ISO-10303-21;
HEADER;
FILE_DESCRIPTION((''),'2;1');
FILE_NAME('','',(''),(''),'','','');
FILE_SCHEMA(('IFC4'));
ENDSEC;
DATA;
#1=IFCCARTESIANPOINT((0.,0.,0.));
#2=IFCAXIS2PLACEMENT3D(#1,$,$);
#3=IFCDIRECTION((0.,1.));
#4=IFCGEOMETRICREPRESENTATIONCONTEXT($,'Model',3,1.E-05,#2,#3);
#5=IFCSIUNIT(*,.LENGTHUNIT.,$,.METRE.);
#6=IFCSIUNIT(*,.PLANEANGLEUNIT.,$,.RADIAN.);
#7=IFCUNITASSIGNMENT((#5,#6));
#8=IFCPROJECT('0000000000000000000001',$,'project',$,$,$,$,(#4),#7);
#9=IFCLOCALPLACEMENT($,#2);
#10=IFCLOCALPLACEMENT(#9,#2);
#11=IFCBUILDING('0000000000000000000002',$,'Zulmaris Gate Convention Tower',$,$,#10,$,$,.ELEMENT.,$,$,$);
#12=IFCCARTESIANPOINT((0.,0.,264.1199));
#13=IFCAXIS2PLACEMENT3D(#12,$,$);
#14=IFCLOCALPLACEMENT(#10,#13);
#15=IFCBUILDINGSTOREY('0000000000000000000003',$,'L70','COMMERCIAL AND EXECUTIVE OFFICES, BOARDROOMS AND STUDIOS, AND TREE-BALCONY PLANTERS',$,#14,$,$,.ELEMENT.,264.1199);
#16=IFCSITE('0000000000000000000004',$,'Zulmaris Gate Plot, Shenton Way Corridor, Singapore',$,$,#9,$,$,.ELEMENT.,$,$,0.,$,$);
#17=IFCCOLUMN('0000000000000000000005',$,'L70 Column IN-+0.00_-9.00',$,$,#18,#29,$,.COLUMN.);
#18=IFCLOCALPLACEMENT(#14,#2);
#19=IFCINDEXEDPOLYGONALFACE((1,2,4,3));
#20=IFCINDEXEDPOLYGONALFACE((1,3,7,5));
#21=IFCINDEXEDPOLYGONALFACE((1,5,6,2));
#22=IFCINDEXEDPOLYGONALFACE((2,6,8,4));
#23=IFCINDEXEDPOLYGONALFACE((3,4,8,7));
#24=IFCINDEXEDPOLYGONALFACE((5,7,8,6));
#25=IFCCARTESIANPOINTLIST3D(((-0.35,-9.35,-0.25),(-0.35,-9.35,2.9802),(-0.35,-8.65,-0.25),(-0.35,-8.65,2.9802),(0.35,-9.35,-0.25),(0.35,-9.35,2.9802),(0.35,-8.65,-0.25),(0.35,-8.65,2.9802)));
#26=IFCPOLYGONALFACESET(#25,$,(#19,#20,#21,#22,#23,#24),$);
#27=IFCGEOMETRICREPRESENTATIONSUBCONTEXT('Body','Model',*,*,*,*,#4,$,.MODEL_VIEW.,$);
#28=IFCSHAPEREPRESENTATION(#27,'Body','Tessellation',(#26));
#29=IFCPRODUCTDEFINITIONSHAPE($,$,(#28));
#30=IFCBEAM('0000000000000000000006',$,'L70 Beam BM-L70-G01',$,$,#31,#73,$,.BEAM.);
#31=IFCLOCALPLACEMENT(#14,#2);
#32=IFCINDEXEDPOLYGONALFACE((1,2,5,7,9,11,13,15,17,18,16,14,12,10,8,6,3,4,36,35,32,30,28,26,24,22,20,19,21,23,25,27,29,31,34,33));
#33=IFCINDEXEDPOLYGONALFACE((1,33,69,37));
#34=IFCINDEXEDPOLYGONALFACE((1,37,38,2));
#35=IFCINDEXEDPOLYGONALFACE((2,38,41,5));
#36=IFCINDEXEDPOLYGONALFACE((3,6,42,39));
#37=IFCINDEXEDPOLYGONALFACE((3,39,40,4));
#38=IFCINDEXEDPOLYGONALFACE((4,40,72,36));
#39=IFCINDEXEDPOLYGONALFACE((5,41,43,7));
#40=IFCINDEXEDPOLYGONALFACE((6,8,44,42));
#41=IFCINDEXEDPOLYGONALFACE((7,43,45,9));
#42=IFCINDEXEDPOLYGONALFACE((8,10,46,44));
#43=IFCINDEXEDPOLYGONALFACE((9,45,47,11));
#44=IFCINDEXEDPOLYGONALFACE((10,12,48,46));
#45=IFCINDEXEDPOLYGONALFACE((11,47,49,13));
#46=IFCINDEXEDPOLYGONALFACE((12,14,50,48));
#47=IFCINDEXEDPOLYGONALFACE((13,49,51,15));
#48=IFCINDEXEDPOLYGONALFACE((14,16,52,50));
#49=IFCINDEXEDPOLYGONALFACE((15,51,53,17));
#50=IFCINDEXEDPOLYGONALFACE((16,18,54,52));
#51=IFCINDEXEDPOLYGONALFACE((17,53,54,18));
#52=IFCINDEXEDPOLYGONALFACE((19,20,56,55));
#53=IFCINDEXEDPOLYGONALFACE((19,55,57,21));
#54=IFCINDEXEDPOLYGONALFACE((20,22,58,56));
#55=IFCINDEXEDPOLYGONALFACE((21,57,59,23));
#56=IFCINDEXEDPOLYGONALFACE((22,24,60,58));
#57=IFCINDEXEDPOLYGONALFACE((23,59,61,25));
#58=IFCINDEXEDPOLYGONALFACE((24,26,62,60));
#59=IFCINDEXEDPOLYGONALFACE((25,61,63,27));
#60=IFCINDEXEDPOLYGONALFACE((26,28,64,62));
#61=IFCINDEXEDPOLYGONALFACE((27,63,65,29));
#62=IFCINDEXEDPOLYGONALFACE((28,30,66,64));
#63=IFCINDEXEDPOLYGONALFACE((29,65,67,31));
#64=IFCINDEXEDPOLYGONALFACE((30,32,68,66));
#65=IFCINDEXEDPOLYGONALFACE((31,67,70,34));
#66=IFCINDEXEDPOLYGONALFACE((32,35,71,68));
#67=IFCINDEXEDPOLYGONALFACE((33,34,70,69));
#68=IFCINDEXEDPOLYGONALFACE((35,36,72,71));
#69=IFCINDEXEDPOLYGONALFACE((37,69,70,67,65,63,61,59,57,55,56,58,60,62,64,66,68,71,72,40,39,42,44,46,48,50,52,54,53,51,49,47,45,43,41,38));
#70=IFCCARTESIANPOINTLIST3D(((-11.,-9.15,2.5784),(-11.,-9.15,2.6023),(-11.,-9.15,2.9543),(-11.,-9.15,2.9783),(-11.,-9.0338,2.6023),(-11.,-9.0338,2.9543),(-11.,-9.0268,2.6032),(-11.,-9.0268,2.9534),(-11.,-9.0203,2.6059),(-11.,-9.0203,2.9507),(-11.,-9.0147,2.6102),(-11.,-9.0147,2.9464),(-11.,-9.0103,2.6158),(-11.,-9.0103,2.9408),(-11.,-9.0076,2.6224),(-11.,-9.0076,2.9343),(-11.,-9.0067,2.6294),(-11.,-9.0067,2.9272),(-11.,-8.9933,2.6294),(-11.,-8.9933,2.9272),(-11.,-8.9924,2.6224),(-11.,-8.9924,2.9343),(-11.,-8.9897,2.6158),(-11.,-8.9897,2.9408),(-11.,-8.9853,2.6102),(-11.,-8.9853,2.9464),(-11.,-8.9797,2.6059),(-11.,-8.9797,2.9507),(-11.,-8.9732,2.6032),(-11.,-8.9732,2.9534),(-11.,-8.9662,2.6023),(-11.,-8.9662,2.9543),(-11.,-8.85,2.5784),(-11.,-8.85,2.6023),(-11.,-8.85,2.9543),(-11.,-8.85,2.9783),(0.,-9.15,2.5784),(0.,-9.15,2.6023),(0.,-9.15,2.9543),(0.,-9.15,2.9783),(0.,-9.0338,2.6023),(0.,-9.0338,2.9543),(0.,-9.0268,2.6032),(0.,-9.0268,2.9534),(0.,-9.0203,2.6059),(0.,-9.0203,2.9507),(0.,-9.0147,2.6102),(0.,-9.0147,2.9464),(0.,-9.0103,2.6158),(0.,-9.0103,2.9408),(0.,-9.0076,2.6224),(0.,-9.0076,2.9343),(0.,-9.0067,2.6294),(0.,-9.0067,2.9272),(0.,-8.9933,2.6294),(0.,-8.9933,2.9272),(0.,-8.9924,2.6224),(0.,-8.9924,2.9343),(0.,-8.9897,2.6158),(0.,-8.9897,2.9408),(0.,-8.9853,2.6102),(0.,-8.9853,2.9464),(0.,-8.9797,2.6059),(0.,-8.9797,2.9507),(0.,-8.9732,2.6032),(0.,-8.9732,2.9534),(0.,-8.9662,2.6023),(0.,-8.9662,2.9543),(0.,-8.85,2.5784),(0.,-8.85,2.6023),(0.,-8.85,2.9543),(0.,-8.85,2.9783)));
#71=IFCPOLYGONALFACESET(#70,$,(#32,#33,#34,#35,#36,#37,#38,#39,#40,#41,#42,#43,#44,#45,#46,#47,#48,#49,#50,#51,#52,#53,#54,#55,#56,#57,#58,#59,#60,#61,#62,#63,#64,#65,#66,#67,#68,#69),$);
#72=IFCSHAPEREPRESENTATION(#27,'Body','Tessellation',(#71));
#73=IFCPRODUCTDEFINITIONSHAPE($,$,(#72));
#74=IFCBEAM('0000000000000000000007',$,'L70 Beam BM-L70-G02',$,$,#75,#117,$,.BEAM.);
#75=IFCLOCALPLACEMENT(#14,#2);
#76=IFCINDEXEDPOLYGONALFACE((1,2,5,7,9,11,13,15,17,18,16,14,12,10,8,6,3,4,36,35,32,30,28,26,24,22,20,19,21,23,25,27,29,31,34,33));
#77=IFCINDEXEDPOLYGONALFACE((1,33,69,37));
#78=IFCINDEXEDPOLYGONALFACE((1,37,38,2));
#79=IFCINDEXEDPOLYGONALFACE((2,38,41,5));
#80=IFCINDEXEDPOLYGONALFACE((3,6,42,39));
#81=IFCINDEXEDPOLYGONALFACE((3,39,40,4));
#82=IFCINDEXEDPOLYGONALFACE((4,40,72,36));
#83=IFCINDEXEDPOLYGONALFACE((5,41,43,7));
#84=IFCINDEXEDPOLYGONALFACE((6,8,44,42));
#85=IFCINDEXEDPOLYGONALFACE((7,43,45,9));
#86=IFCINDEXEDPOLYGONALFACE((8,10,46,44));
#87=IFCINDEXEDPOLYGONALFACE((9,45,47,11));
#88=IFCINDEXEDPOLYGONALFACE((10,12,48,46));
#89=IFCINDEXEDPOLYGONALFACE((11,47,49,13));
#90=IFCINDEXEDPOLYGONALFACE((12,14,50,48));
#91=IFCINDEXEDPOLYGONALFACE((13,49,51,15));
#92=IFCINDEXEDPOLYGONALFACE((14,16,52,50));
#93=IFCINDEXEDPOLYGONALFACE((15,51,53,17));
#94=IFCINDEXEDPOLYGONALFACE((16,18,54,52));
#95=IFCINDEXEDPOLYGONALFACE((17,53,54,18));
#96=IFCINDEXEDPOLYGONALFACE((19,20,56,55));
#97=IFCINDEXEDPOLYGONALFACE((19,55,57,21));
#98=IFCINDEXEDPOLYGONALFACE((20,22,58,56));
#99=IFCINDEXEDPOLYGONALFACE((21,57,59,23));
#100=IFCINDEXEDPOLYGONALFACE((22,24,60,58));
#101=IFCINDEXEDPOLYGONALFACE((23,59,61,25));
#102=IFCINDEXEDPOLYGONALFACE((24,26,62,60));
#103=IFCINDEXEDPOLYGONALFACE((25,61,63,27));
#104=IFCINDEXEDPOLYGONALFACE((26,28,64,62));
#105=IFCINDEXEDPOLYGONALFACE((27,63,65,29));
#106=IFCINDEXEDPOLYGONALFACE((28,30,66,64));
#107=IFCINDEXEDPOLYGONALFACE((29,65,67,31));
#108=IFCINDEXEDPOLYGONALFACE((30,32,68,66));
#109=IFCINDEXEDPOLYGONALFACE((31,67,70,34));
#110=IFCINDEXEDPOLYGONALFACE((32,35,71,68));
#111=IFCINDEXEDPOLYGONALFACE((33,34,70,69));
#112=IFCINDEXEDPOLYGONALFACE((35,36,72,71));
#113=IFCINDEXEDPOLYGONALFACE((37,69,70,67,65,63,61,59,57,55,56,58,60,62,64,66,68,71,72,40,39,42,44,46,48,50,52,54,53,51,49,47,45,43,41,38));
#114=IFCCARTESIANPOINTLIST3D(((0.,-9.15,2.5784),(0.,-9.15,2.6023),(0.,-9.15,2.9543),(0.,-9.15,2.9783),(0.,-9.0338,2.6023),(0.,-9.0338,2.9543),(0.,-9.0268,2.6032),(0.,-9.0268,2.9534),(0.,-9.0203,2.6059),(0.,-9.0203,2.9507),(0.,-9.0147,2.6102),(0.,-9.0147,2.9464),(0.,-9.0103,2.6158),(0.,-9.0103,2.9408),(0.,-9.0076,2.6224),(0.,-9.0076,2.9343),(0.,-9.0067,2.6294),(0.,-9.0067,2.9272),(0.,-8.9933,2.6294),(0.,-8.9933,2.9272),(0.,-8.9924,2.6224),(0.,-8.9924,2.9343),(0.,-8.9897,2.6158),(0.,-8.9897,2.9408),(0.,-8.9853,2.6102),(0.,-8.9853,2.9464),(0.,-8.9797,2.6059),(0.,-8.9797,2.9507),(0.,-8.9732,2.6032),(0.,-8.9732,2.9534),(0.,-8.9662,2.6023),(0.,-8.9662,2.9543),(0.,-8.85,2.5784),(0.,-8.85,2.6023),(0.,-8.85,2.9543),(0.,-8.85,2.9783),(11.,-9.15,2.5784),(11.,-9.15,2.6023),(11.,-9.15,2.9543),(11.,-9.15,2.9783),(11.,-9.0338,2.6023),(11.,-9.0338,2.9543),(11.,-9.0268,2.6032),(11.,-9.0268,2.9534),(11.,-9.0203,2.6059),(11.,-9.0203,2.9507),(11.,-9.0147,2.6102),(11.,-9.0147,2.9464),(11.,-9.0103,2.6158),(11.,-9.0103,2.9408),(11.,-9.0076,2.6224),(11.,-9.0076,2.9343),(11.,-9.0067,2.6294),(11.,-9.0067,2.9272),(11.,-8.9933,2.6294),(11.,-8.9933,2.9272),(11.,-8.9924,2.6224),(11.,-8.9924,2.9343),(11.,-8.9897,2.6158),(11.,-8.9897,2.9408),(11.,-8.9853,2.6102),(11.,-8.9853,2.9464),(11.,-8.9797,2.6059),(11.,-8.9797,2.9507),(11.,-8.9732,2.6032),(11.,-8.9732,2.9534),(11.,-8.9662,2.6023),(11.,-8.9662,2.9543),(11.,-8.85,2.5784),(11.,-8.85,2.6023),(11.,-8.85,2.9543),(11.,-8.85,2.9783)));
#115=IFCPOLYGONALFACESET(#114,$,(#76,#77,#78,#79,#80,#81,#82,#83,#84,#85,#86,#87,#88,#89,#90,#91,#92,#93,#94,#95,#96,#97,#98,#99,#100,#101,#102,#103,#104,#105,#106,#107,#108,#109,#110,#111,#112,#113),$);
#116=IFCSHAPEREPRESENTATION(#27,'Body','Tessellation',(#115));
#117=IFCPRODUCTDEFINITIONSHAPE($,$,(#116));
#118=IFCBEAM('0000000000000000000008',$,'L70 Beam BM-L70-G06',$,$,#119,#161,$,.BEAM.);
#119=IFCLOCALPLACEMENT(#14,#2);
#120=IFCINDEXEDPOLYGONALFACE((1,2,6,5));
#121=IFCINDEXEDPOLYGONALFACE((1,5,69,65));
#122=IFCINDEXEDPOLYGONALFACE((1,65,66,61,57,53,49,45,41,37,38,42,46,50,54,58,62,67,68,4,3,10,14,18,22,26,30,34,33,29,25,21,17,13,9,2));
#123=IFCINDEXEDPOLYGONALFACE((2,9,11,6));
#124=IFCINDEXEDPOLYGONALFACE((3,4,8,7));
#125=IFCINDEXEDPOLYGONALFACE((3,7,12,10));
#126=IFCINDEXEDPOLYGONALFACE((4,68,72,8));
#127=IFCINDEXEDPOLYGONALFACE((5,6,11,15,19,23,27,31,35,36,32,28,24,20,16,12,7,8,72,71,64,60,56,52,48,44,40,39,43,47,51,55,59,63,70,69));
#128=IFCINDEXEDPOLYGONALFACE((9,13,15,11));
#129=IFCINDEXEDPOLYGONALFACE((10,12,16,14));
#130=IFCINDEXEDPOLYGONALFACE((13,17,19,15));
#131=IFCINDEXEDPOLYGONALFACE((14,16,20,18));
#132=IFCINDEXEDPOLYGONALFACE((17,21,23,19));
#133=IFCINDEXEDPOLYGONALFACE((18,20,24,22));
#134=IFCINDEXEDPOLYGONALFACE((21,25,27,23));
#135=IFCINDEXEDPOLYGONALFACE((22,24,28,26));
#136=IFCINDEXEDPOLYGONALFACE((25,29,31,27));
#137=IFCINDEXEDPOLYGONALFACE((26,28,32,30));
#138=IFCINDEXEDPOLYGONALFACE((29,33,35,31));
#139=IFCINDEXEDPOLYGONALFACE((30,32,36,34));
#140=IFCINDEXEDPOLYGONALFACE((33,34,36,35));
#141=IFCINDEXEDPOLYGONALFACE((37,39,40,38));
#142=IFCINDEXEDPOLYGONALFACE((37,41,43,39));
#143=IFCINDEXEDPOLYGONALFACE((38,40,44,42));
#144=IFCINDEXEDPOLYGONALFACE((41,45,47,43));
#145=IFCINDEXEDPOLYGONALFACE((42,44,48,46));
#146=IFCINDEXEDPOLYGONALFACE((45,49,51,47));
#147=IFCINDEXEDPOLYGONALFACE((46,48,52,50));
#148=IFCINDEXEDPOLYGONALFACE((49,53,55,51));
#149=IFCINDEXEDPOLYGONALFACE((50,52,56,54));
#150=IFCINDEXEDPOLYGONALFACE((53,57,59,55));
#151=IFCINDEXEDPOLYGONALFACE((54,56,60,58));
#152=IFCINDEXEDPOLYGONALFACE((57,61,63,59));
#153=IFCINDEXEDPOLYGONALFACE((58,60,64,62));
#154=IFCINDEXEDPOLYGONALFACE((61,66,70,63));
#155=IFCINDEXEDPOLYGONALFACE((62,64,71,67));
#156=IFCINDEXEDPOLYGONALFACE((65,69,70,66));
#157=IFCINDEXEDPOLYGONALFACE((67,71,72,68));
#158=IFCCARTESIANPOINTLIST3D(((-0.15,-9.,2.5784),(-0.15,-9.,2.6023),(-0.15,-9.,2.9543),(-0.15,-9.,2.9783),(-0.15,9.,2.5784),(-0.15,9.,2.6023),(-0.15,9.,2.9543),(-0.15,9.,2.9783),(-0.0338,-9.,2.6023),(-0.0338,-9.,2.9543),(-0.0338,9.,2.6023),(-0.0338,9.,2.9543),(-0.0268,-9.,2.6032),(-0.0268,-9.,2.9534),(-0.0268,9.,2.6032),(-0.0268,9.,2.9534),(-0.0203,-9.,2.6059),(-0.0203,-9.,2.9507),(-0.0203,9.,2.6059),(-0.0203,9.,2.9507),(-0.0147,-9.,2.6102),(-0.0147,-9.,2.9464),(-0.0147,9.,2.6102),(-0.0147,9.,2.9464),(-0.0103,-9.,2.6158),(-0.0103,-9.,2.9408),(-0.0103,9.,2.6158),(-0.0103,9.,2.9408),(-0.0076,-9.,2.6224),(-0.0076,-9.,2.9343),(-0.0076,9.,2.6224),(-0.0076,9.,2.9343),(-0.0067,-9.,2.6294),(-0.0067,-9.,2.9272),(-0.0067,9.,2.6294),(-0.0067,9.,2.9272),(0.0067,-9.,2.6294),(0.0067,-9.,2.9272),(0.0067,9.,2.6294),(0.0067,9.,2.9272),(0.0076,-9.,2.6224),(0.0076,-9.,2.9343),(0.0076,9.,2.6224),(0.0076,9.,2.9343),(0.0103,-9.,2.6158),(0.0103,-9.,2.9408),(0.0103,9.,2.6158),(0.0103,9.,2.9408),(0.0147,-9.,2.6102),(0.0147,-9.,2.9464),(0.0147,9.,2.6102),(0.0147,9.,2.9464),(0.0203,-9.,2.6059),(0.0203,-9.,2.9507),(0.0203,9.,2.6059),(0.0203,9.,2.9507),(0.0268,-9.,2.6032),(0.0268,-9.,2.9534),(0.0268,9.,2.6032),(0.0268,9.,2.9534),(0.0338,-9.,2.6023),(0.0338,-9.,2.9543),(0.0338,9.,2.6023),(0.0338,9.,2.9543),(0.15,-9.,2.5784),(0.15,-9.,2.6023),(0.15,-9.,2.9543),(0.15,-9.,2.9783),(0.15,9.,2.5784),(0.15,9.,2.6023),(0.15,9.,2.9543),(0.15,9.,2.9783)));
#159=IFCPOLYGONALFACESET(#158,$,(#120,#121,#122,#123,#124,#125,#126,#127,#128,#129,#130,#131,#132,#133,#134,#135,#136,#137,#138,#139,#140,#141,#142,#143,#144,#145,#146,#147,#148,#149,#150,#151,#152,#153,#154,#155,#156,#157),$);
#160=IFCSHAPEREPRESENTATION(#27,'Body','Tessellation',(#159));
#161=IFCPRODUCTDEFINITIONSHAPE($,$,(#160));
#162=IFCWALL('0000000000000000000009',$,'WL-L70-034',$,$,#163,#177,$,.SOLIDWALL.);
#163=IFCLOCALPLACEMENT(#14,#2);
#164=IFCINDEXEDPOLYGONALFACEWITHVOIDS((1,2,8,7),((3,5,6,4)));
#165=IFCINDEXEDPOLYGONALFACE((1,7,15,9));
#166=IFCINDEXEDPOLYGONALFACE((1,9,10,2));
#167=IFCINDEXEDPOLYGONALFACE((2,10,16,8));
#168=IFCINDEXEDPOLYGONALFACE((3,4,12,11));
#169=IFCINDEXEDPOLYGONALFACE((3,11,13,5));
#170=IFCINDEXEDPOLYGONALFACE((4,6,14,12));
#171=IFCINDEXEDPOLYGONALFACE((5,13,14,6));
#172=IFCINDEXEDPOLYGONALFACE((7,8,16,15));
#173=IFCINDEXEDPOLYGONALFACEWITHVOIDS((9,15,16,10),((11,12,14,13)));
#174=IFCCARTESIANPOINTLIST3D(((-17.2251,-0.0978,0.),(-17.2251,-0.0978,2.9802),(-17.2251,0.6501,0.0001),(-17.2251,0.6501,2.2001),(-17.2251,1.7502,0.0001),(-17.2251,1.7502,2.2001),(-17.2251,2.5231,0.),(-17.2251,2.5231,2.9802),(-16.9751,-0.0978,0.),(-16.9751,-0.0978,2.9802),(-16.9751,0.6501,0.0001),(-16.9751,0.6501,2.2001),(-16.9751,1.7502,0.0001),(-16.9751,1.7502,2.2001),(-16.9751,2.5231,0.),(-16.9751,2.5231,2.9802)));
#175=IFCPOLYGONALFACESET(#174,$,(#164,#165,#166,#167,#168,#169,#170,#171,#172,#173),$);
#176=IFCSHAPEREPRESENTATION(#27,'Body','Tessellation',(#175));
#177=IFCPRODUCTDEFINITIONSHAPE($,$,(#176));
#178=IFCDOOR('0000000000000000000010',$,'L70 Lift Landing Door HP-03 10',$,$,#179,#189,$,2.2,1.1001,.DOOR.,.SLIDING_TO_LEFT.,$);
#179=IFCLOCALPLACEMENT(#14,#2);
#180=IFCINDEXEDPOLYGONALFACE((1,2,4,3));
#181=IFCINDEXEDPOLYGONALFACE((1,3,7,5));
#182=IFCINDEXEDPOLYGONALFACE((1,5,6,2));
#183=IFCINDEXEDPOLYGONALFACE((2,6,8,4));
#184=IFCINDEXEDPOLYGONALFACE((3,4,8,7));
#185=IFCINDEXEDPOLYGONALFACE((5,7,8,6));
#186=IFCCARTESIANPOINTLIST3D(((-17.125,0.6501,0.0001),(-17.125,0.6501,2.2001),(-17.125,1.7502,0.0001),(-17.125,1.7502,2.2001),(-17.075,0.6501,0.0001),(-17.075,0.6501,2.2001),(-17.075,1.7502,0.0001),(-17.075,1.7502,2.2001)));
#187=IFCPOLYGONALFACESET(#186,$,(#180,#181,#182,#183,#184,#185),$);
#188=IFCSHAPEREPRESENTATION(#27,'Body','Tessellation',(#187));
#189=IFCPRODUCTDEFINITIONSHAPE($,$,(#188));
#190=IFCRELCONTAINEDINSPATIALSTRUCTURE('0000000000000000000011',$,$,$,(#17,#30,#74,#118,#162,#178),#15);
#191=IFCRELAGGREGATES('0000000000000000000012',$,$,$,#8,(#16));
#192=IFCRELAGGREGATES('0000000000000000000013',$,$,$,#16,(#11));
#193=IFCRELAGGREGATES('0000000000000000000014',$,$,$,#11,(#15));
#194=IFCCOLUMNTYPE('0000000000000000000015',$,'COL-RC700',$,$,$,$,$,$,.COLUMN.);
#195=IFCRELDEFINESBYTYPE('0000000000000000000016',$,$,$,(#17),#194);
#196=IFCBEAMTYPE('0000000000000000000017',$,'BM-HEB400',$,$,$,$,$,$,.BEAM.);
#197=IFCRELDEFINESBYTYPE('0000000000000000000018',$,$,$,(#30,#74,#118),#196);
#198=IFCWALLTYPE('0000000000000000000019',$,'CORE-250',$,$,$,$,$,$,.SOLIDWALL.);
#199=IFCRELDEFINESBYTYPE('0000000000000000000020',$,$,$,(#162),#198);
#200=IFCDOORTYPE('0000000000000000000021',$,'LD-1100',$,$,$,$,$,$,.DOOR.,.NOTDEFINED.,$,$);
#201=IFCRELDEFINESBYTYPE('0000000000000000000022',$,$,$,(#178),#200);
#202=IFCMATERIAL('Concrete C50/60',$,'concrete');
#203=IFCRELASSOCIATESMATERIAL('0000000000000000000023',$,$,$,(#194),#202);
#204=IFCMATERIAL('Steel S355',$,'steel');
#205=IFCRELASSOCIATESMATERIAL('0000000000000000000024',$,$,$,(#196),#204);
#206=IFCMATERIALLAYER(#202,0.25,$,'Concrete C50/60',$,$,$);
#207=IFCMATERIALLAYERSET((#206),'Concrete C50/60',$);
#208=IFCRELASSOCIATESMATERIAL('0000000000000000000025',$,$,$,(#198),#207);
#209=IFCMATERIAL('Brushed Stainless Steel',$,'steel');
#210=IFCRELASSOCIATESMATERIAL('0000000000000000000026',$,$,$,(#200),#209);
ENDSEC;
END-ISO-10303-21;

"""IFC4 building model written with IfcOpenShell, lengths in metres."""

from ifc_helpers import new_model, si_unit, direction, frame, frame_2d, origin, origin_2d, place, context, subcontext, project, spatial, rectangle, i_section, extrude, material, layer, layer_set, material_profile, profile_set, type_object, element, fill, save


model = new_model("IFC4")

# Units and contexts
model_context = context("Model", 3, precision=1e-05, world=origin(), true_north=direction((0.0, 1.0)))
body_context = subcontext(model_context, "Body", "Model", "MODEL_VIEW")
ifc_project = project(units=[si_unit("LENGTHUNIT", "METRE"), si_unit("PLANEANGLEUNIT", "RADIAN")], contexts=[model_context])

# Site, building, storey
site_placement = place(None, origin())
site = spatial("IfcSite", under=ifc_project, at=site_placement, Name="Zulmaris Gate Plot, Shenton Way Corridor, Singapore", CompositionType="ELEMENT", RefElevation=0.0)
building_placement = place(site_placement, origin())
building = spatial("IfcBuilding", under=site, at=building_placement, Name="Zulmaris Gate Convention Tower", CompositionType="ELEMENT")
storey_placement = place(building_placement, frame((0.0, 0.0, 264.1199)))
storey = spatial("IfcBuildingStorey", under=building, at=storey_placement, Name="L70", Description="COMMERCIAL AND EXECUTIVE OFFICES, BOARDROOMS AND STUDIOS, AND TREE-BALCONY PLANTERS", CompositionType="ELEMENT", Elevation=264.1199)

# Column
ifc_material_1 = material(Name="Concrete C50/60", Category="concrete")
ifc_material_profile_1 = material_profile(ifc_material_1, rectangle(XDim=0.7, YDim=0.7, at=origin_2d()), Name="RC COL 700x700")
ifc_profile_set_1 = profile_set([ifc_material_profile_1], Name="Concrete C50/60")
column_type = type_object("IfcColumnType", Name="COL-RC700", PredefinedType="COLUMN", material=ifc_profile_set_1)
column_placement = place(storey_placement, frame((0.0, -9.0, -0.25), z_axis=(0.0, 0.0, 1.0), x_axis=(1.0, 0.0, 0.0)))
element("IfcColumn", 1, at=column_placement, inside=storey, type_object=column_type, Name="L70 Column IN-+0.00_-9.00", PredefinedType="COLUMN", context=body_context, shape_type="SweptSolid", body=[
    extrude(rectangle(XDim=0.7, YDim=0.7, at=origin_2d()), origin(), (0.0, 0.0, 1.0), 3.2302),
])

# Beams
ifc_material_2 = material(Name="Steel S355", Category="steel")
ifc_material_profile_2 = material_profile(ifc_material_2, i_section(OverallWidth=0.3, OverallDepth=0.3999, WebThickness=0.0134, FlangeThickness=0.0239, FilletRadius=0.0271, at=origin_2d()), Name="HEB 400")
ifc_profile_set_2 = profile_set([ifc_material_profile_2], Name="Steel S355")
beam_type = type_object("IfcBeamType", Name="BM-HEB400", PredefinedType="BEAM", material=ifc_profile_set_2)
for number, where, z_axis, x_axis, name in (
    (2, (-11.0, -9.0, 2.7783), (1.0, 0.0, 0.0), (0.0, 1.0, 0.0), "L70 Beam BM-L70-G01"),
    (3, (0.0, -9.0, 2.7783), (1.0, 0.0, 0.0), (0.0, 1.0, 0.0), "L70 Beam BM-L70-G02"),
):
    element("IfcBeam", number, at=place(storey_placement, frame(where, z_axis=z_axis, x_axis=x_axis)), inside=storey, type_object=beam_type, Name=name, PredefinedType="BEAM", context=body_context, shape_type="SweptSolid", body=[
        extrude(i_section(OverallWidth=0.3, OverallDepth=0.3999, WebThickness=0.0134, FlangeThickness=0.0239, FilletRadius=0.0271, at=origin_2d()), origin(), (0.0, 0.0, 1.0), 11.0),
    ])
beam_placement = place(storey_placement, frame((0.0, -9.0, 2.7783), z_axis=(0.0, 1.0, 0.0), x_axis=(-1.0, 0.0, 0.0)))
element("IfcBeam", 4, at=beam_placement, inside=storey, type_object=beam_type, Name="L70 Beam BM-L70-G06", PredefinedType="BEAM", context=body_context, shape_type="SweptSolid", body=[
    extrude(i_section(OverallWidth=0.3, OverallDepth=0.3999, WebThickness=0.0134, FlangeThickness=0.0239, FilletRadius=0.0271, at=origin_2d()), origin(), (0.0, 0.0, 1.0), 18.0),
])

# Wall, opening, door
ifc_layer_1 = layer(ifc_material_1, 0.25, Name="Concrete C50/60")
ifc_layer_set_1 = layer_set([ifc_layer_1], Name="Concrete C50/60")
wall_type_1 = type_object("IfcWallType", Name="CORE-250", PredefinedType="SOLIDWALL", material=ifc_layer_set_1)
wall_1_placement = place(storey_placement, frame((-17.1001, -0.0979, 0.0), z_axis=(0.0, 0.0, 1.0), x_axis=(0.0, 1.0, 0.0)))
wall_1 = element("IfcWall", 5, at=wall_1_placement, inside=storey, type_object=wall_type_1, Name="WL-L70-034", PredefinedType="SOLIDWALL", context=body_context, shape_type="SweptSolid", body=[
    extrude(rectangle(XDim=2.6208, YDim=0.25, at=frame_2d((1.3105, 0.0))), origin(), (0.0, 0.0, 1.0), 2.9802),
])
opening_1_placement = place(wall_1_placement, frame((0.748, 0.0, 0.0)))
opening_1 = element("IfcOpeningElement", 6, at=opening_1_placement, cuts=wall_1, PredefinedType="OPENING", context=body_context, shape_type="SweptSolid", body=[
    extrude(rectangle(XDim=1.1001, YDim=2.2, at=frame_2d((0.55, 1.1001))), frame((0.0, 0.135, 0.0), z_axis=(0.0, -1.0, 0.0), x_axis=(1.0, 0.0, 0.0)), (0.0, 0.0, 1.0), 0.27),
])
ifc_material_3 = material(Name="Brushed Stainless Steel", Category="steel")
door_type_1 = type_object("IfcDoorType", Name="LD-1100", OperationType="NOTDEFINED", PredefinedType="DOOR", material=ifc_material_3)
door_1_placement = place(opening_1_placement, origin())
door_1 = element("IfcDoor", 7, at=door_1_placement, inside=storey, type_object=door_type_1, Name="L70 Lift Landing Door HP-03 10", OperationType="SLIDING_TO_LEFT", OverallHeight=2.2, OverallWidth=1.1001, PredefinedType="DOOR", context=body_context, shape_type="SweptSolid", body=[
    extrude(rectangle(XDim=1.1001, YDim=2.2, at=frame_2d((0.55, 1.1001))), frame((0.0, 0.0249, 0.0), z_axis=(0.0, -1.0, 0.0), x_axis=(1.0, 0.0, 0.0)), (0.0, 0.0, 1.0), 0.05),
])
fill(opening_1, door_1)

save(model, "model.ifc")
